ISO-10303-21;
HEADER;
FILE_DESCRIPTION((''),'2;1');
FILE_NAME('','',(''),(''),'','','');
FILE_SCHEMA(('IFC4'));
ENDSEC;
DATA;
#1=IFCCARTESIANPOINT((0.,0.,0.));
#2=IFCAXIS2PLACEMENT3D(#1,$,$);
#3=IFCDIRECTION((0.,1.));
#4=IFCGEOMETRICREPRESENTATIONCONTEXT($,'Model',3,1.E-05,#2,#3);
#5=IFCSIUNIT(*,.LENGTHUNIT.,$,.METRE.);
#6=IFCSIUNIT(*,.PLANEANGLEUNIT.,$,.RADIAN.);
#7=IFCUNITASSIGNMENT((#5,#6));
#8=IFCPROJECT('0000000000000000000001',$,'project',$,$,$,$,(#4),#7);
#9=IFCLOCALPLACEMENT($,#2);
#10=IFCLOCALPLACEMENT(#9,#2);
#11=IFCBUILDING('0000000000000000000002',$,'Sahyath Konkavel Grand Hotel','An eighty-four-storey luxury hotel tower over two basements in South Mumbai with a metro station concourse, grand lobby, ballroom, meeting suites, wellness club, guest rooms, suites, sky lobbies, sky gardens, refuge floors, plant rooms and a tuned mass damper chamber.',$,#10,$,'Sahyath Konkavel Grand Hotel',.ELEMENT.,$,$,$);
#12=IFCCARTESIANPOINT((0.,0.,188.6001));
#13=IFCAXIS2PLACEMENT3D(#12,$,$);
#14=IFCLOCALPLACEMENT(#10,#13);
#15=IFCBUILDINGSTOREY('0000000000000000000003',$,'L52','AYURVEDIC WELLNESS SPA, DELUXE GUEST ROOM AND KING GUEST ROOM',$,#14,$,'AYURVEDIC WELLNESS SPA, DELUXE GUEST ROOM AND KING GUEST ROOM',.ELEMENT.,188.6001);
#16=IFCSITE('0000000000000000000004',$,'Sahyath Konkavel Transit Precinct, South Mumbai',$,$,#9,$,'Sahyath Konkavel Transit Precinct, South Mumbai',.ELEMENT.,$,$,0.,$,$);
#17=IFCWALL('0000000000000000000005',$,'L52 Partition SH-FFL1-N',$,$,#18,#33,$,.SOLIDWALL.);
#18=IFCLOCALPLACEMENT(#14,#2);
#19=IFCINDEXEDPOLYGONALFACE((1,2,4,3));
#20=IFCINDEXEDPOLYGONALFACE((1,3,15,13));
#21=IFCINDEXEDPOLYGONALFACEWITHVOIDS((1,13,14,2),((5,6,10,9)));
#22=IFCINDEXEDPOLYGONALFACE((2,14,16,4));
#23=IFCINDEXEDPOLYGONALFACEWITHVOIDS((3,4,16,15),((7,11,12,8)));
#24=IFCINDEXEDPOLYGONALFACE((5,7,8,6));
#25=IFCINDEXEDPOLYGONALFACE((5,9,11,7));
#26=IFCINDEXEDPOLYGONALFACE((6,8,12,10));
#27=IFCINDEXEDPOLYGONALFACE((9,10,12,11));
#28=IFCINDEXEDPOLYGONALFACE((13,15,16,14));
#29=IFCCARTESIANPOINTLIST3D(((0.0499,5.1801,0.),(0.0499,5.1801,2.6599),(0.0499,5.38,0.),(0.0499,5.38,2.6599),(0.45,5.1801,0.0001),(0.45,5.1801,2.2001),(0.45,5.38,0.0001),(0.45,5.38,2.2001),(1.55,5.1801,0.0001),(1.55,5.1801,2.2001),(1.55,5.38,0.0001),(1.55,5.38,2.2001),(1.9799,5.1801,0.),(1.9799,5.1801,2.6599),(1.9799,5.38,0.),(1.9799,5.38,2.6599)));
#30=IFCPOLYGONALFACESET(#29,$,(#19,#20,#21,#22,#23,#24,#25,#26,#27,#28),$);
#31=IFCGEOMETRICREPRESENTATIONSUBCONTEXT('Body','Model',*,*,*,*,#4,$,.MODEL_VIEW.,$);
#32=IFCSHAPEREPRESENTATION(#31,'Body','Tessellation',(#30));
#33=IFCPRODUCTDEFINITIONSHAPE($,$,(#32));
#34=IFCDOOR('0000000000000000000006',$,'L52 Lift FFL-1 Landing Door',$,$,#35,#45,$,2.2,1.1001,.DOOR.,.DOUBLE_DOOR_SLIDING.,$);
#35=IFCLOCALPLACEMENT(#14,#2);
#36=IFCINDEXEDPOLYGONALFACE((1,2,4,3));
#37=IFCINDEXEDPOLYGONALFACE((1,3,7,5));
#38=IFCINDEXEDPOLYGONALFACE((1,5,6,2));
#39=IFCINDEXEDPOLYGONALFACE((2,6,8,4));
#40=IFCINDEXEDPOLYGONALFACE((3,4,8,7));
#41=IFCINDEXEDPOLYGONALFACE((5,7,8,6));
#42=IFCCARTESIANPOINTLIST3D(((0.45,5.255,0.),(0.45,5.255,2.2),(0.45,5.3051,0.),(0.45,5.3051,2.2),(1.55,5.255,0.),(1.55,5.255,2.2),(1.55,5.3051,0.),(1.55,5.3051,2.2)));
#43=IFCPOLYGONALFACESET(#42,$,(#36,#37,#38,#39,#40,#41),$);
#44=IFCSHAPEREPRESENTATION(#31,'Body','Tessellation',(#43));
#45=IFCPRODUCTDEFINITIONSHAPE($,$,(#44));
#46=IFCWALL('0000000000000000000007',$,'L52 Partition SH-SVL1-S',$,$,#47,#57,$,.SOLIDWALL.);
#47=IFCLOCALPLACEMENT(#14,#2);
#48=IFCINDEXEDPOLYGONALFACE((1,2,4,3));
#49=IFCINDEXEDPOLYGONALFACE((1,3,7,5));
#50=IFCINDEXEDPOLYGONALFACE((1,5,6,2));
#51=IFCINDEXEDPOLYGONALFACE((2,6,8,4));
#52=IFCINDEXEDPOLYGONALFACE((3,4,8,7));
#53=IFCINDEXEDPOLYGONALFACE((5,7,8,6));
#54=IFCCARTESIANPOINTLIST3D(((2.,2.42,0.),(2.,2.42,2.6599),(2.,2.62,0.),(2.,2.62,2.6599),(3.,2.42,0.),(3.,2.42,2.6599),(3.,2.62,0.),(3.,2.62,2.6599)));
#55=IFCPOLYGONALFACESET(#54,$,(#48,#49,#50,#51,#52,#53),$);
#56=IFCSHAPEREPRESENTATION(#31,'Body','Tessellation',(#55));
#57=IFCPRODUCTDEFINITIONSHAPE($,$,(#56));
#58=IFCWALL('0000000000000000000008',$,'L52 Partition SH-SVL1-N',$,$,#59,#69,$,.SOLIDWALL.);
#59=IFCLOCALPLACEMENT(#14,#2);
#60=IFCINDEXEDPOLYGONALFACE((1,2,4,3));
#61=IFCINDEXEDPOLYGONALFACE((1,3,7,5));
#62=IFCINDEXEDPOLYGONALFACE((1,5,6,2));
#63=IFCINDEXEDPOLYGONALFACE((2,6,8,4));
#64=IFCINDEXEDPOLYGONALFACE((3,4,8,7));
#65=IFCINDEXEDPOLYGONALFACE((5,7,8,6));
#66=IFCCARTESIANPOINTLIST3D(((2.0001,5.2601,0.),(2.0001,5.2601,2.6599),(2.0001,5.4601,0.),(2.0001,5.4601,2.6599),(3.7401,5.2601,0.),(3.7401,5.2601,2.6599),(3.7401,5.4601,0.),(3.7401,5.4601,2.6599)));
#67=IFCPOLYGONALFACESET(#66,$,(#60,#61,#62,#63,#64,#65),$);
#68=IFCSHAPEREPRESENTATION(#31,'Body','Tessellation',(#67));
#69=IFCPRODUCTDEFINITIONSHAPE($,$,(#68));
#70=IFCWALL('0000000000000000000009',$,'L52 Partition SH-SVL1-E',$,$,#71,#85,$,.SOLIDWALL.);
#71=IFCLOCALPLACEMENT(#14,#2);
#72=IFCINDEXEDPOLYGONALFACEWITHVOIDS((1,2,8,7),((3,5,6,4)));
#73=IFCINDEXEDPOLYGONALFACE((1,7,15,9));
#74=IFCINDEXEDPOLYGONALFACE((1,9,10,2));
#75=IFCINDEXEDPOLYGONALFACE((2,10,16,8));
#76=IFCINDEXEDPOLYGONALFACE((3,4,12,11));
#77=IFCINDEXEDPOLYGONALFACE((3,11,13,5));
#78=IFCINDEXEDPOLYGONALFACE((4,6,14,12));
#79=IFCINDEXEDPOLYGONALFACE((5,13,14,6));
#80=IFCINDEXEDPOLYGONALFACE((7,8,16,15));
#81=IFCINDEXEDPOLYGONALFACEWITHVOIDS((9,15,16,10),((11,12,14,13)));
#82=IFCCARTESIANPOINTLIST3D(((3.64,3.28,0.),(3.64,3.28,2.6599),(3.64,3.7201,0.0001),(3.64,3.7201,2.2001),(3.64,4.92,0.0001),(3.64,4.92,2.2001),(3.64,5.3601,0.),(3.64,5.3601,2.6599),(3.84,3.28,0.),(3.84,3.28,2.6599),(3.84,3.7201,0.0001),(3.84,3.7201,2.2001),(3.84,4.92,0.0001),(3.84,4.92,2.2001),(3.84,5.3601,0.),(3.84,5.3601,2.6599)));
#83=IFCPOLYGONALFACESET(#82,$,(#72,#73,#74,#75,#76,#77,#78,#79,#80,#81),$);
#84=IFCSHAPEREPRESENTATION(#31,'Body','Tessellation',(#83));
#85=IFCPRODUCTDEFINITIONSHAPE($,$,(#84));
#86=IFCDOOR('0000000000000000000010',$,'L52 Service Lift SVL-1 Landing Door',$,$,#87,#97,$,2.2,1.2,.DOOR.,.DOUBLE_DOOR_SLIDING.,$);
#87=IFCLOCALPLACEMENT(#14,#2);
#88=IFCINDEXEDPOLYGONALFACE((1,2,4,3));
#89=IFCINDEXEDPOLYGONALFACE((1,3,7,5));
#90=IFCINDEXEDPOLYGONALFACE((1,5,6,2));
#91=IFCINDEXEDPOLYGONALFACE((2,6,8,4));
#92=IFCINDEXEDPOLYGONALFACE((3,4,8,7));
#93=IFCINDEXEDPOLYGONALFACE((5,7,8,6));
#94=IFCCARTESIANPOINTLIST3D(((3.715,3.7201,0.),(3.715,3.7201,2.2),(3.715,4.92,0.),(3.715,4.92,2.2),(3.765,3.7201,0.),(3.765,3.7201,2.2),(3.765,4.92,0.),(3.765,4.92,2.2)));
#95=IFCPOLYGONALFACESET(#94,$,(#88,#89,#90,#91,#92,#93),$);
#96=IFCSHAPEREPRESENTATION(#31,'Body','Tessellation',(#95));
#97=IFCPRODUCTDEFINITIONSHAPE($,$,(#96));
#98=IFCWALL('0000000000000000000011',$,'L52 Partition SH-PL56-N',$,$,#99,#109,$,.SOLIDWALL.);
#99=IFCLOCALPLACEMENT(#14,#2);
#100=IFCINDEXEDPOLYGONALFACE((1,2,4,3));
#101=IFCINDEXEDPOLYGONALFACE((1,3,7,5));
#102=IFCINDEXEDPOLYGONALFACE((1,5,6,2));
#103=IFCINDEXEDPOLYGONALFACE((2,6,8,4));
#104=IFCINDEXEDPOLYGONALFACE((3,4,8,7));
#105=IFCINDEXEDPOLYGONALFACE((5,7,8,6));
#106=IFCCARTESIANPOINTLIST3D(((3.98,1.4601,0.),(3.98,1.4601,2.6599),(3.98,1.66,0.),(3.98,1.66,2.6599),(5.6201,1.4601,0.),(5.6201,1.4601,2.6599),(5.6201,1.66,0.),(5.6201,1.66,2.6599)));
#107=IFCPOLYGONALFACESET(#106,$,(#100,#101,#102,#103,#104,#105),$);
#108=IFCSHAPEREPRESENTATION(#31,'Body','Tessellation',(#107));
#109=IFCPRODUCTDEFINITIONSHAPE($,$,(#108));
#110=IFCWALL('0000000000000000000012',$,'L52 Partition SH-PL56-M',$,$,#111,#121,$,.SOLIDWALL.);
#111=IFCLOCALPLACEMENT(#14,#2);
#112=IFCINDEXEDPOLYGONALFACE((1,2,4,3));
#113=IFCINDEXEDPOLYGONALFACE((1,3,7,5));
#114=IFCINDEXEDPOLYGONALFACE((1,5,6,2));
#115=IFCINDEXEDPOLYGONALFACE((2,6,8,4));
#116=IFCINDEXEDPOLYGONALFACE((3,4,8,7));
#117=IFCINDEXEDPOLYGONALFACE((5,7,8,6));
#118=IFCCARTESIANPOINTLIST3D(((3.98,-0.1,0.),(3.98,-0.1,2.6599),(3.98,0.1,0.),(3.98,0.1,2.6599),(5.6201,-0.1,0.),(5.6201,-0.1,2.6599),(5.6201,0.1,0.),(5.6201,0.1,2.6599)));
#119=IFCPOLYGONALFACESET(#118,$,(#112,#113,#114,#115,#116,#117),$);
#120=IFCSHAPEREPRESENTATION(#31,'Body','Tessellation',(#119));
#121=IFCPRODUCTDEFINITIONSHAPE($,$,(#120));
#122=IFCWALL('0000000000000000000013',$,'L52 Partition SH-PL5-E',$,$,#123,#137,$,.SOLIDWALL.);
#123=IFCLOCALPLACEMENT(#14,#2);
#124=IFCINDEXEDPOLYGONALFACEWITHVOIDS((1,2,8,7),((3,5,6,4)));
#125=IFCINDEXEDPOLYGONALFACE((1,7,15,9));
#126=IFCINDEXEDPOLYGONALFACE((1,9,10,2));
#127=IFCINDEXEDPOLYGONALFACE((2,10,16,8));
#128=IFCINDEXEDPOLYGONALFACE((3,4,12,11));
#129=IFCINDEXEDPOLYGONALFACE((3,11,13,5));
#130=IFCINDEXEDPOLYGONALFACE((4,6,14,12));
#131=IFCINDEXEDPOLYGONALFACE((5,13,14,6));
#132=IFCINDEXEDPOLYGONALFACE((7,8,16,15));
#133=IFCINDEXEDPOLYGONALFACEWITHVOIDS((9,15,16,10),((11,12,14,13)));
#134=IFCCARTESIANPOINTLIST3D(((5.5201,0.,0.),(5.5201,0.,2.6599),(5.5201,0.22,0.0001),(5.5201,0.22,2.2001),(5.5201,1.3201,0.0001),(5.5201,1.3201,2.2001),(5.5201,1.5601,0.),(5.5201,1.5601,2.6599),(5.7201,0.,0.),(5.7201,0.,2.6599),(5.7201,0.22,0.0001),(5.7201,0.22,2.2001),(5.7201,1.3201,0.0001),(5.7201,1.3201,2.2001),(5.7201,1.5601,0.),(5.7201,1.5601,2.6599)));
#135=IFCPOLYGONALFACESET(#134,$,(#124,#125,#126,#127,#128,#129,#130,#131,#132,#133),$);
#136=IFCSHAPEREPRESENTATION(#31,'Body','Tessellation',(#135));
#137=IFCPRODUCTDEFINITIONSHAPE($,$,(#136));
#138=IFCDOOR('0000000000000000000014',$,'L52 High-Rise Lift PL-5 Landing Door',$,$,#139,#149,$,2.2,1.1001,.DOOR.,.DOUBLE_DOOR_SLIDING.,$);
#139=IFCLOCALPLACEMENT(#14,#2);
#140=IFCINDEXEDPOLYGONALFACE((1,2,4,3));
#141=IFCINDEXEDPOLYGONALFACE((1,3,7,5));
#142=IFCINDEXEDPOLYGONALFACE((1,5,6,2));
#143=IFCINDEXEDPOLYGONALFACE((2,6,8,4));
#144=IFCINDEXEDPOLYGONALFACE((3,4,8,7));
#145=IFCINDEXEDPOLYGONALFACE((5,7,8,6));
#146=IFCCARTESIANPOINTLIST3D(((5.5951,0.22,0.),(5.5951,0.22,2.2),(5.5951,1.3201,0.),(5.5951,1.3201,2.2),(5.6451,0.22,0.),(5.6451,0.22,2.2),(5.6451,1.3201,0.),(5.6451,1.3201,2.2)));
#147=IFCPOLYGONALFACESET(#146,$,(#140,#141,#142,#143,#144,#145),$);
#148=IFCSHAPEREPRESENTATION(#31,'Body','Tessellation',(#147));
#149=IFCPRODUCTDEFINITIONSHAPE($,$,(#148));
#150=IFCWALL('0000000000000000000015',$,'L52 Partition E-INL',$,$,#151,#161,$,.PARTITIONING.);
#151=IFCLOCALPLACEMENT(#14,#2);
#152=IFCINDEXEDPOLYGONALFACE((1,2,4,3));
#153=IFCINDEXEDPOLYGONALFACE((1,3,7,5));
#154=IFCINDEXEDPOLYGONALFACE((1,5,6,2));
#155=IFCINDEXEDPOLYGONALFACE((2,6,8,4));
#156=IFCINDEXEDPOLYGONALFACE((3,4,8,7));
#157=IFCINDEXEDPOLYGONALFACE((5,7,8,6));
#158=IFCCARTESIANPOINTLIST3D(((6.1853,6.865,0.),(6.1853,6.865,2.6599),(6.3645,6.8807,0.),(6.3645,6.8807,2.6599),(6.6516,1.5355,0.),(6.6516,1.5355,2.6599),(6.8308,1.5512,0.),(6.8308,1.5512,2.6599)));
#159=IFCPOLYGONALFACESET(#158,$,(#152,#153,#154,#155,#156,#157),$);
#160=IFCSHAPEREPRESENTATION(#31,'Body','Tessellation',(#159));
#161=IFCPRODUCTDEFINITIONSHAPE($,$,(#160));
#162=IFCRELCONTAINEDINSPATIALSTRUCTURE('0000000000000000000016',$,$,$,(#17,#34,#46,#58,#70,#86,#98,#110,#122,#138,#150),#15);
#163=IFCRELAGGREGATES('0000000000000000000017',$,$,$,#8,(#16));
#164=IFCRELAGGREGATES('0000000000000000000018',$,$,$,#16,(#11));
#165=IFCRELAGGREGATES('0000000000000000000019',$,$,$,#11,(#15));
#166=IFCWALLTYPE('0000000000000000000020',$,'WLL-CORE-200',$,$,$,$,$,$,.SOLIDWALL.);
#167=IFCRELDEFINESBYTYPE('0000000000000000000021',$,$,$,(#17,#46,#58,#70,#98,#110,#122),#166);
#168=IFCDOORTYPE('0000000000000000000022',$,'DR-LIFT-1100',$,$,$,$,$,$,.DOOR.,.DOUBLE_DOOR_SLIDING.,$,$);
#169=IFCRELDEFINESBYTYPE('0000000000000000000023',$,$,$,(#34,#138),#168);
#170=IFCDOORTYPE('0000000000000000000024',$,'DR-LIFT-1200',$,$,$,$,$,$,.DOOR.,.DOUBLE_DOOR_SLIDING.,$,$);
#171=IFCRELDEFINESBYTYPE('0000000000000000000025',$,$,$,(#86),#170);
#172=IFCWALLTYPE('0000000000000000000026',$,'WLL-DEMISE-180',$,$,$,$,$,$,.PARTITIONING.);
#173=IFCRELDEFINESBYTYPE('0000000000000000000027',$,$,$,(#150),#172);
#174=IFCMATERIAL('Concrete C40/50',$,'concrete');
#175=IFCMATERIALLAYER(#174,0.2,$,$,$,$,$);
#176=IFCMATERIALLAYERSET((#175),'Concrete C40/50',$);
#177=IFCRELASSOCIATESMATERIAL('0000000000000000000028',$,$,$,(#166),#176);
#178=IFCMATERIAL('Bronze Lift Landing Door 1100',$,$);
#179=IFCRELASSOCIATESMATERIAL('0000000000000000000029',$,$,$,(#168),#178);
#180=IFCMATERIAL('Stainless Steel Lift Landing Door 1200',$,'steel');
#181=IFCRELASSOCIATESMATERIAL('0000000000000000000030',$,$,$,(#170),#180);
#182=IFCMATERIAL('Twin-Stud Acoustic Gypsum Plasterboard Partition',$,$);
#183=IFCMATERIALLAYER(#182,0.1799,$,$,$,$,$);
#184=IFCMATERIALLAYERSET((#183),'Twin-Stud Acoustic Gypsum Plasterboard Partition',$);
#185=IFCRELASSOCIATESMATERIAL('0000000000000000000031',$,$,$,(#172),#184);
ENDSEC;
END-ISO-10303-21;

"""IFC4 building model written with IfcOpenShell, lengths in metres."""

from ifc_helpers import new_model, si_unit, direction, frame, frame_2d, origin, origin_2d, place, context, subcontext, project, spatial, rectangle, extrude, source, transform, mapped, material, layer, layer_set, type_object, element, fill, save


model = new_model("IFC4")

# Units and contexts
model_context = context("Model", 3, precision=1e-05, world=origin(), true_north=direction((0.0, 1.0)))
body_context = subcontext(model_context, "Body", "Model", "MODEL_VIEW")
ifc_project = project(units=[si_unit("LENGTHUNIT", "METRE"), si_unit("PLANEANGLEUNIT", "RADIAN")], contexts=[model_context])

# Site, building, storey
site_placement = place(None, origin())
site = spatial("IfcSite", under=ifc_project, at=site_placement, Name="Sahyath Konkavel Transit Precinct, South Mumbai", LongName="Sahyath Konkavel Transit Precinct, South Mumbai", CompositionType="ELEMENT", RefElevation=0.0)
building_placement = place(site_placement, origin())
building = spatial("IfcBuilding", under=site, at=building_placement, Name="Sahyath Konkavel Grand Hotel", Description="An eighty-four-storey luxury hotel tower over two basements in South Mumbai with a metro station concourse, grand lobby, ballroom, meeting suites, wellness club, guest rooms, suites, sky lobbies, sky gardens, refuge floors, plant rooms and a tuned mass damper chamber.", LongName="Sahyath Konkavel Grand Hotel", CompositionType="ELEMENT")
storey_placement = place(building_placement, frame((0.0, 0.0, 188.6001)))
storey = spatial("IfcBuildingStorey", under=building, at=storey_placement, Name="L52", Description="AYURVEDIC WELLNESS SPA, DELUXE GUEST ROOM AND KING GUEST ROOM", LongName="AYURVEDIC WELLNESS SPA, DELUXE GUEST ROOM AND KING GUEST ROOM", CompositionType="ELEMENT", Elevation=188.6001)

# Shared definitions
ifc_material_1 = material(Name="Concrete C40/50", Category="concrete")
ifc_layer_1 = layer(ifc_material_1, 0.2)
ifc_layer_set_1 = layer_set([ifc_layer_1], Name="Concrete C40/50")
wall_type_1 = type_object("IfcWallType", Name="WLL-CORE-200", PredefinedType="SOLIDWALL", material=ifc_layer_set_1)

# Wall, opening, door
wall_1_placement = place(storey_placement, frame((0.05, 5.28, 0.0), z_axis=(0.0, 0.0, 1.0), x_axis=(1.0, 0.0, 0.0)))
wall_1 = element("IfcWall", 1, at=wall_1_placement, inside=storey, type_object=wall_type_1, Name="L52 Partition SH-FFL1-N", PredefinedType="SOLIDWALL", context=body_context, shape_type="SweptSolid", body=[
    extrude(rectangle(XDim=1.9299, YDim=0.2, at=frame_2d((0.9648, 0.0))), origin(), (0.0, 0.0, 1.0), 2.6599),
])
opening_1_placement = place(wall_1_placement, frame((0.3999, 0.0, 0.0)))
opening_1 = element("IfcOpeningElement", 2, at=opening_1_placement, cuts=wall_1, PredefinedType="OPENING", context=body_context, shape_type="SweptSolid", body=[
    extrude(rectangle(XDim=1.1001, YDim=2.2, at=frame_2d((0.55, 1.1001))), frame((0.0, 0.1099, 0.0), z_axis=(0.0, -1.0, 0.0), x_axis=(1.0, 0.0, 0.0)), (0.0, 0.0, 1.0), 0.22),
])
ifc_material_2 = material(Name="Bronze Lift Landing Door 1100")
door_type_1 = type_object("IfcDoorType", Name="DR-LIFT-1100", OperationType="DOUBLE_DOOR_SLIDING", PredefinedType="DOOR", material=ifc_material_2)
shared_shape_1 = source(origin(), body_context, "Body", "SweptSolid", [
    extrude(rectangle(XDim=1.1001, YDim=0.05, at=origin_2d()), origin(), (0.0, 0.0, 1.0), 2.2),
])
door_1_placement = place(opening_1_placement, frame((0.55, 0.0, 0.0)))
door_1 = element("IfcDoor", 3, at=door_1_placement, inside=storey, type_object=door_type_1, Name="L52 Lift FFL-1 Landing Door", OperationType="DOUBLE_DOOR_SLIDING", OverallHeight=2.2, OverallWidth=1.1001, PredefinedType="DOOR", context=body_context, shape_type="MappedRepresentation", body=[
    mapped(shared_shape_1, transform((0.0, 0.0, 0.0), scale=1.0)),
])
fill(opening_1, door_1)

# Walls
wall_2_placement = place(storey_placement, frame((2.0, 2.52, 0.0), z_axis=(0.0, 0.0, 1.0), x_axis=(1.0, 0.0, 0.0)))
element("IfcWall", 4, at=wall_2_placement, inside=storey, type_object=wall_type_1, Name="L52 Partition SH-SVL1-S", PredefinedType="SOLIDWALL", context=body_context, shape_type="SweptSolid", body=[
    extrude(rectangle(XDim=1.0, YDim=0.2, at=frame_2d((0.5, 0.0))), origin(), (0.0, 0.0, 1.0), 2.6599),
])
wall_3_placement = place(storey_placement, frame((2.0, 5.3601, 0.0), z_axis=(0.0, 0.0, 1.0), x_axis=(1.0, 0.0, 0.0)))
element("IfcWall", 5, at=wall_3_placement, inside=storey, type_object=wall_type_1, Name="L52 Partition SH-SVL1-N", PredefinedType="SOLIDWALL", context=body_context, shape_type="SweptSolid", body=[
    extrude(rectangle(XDim=1.74, YDim=0.2, at=frame_2d((0.8701, 0.0))), origin(), (0.0, 0.0, 1.0), 2.6599),
])

# Wall, opening, door
wall_4_placement = place(storey_placement, frame((3.74, 3.28, 0.0), z_axis=(0.0, 0.0, 1.0), x_axis=(0.0, 1.0, 0.0)))
wall_4 = element("IfcWall", 6, at=wall_4_placement, inside=storey, type_object=wall_type_1, Name="L52 Partition SH-SVL1-E", PredefinedType="SOLIDWALL", context=body_context, shape_type="SweptSolid", body=[
    extrude(rectangle(XDim=2.0801, YDim=0.2, at=frame_2d((1.04, 0.0))), origin(), (0.0, 0.0, 1.0), 2.6599),
])
opening_2_placement = place(wall_4_placement, frame((0.4399, 0.0, 0.0)))
opening_2 = element("IfcOpeningElement", 7, at=opening_2_placement, cuts=wall_4, PredefinedType="OPENING", context=body_context, shape_type="SweptSolid", body=[
    extrude(rectangle(XDim=1.2, YDim=2.2, at=frame_2d((0.6001, 1.1001))), frame((0.0, 0.1099, 0.0), z_axis=(0.0, -1.0, 0.0), x_axis=(1.0, 0.0, 0.0)), (0.0, 0.0, 1.0), 0.22),
])
ifc_material_3 = material(Name="Stainless Steel Lift Landing Door 1200", Category="steel")
door_type_2 = type_object("IfcDoorType", Name="DR-LIFT-1200", OperationType="DOUBLE_DOOR_SLIDING", PredefinedType="DOOR", material=ifc_material_3)
shared_shape_2 = source(origin(), body_context, "Body", "SweptSolid", [
    extrude(rectangle(XDim=1.2, YDim=0.05, at=origin_2d()), origin(), (0.0, 0.0, 1.0), 2.2),
])
door_2_placement = place(opening_2_placement, frame((0.6001, 0.0, 0.0)))
door_2 = element("IfcDoor", 8, at=door_2_placement, inside=storey, type_object=door_type_2, Name="L52 Service Lift SVL-1 Landing Door", OperationType="DOUBLE_DOOR_SLIDING", OverallHeight=2.2, OverallWidth=1.2, PredefinedType="DOOR", context=body_context, shape_type="MappedRepresentation", body=[
    mapped(shared_shape_2, transform((0.0, 0.0, 0.0), scale=1.0)),
])
fill(opening_2, door_2)

# Walls
for number, where, z_axis, x_axis, name in (
    (9, (3.98, 1.5601, 0.0), (0.0, 0.0, 1.0), (1.0, 0.0, 0.0), "L52 Partition SH-PL56-N"),
    (10, (3.98, 0.0, 0.0), (0.0, 0.0, 1.0), (1.0, 0.0, 0.0), "L52 Partition SH-PL56-M"),
):
    element("IfcWall", number, at=place(storey_placement, frame(where, z_axis=z_axis, x_axis=x_axis)), inside=storey, type_object=wall_type_1, Name=name, PredefinedType="SOLIDWALL", context=body_context, shape_type="SweptSolid", body=[
        extrude(rectangle(XDim=1.6401, YDim=0.2, at=frame_2d((0.8201, 0.0))), origin(), (0.0, 0.0, 1.0), 2.6599),
    ])

# Wall, opening, door
wall_5_placement = place(storey_placement, frame((5.6201, 0.0, 0.0), z_axis=(0.0, 0.0, 1.0), x_axis=(0.0, 1.0, 0.0)))
wall_5 = element("IfcWall", 11, at=wall_5_placement, inside=storey, type_object=wall_type_1, Name="L52 Partition SH-PL5-E", PredefinedType="SOLIDWALL", context=body_context, shape_type="SweptSolid", body=[
    extrude(rectangle(XDim=1.5601, YDim=0.2, at=frame_2d((0.78, 0.0))), origin(), (0.0, 0.0, 1.0), 2.6599),
])
opening_3_placement = place(wall_5_placement, frame((0.22, 0.0, 0.0)))
opening_3 = element("IfcOpeningElement", 12, at=opening_3_placement, cuts=wall_5, PredefinedType="OPENING", context=body_context, shape_type="SweptSolid", body=[
    extrude(rectangle(XDim=1.1001, YDim=2.2, at=frame_2d((0.55, 1.1001))), frame((0.0, 0.1099, 0.0), z_axis=(0.0, -1.0, 0.0), x_axis=(1.0, 0.0, 0.0)), (0.0, 0.0, 1.0), 0.22),
])
door_3_placement = place(opening_3_placement, frame((0.55, 0.0, 0.0)))
door_3 = element("IfcDoor", 13, at=door_3_placement, inside=storey, type_object=door_type_1, Name="L52 High-Rise Lift PL-5 Landing Door", OperationType="DOUBLE_DOOR_SLIDING", OverallHeight=2.2, OverallWidth=1.1001, PredefinedType="DOOR", context=body_context, shape_type="MappedRepresentation", body=[
    mapped(shared_shape_1, transform((0.0, 0.0, 0.0), scale=1.0)),
])
fill(opening_3, door_3)

# Wall
ifc_material_4 = material(Name="Twin-Stud Acoustic Gypsum Plasterboard Partition")
ifc_layer_2 = layer(ifc_material_4, 0.1799)
ifc_layer_set_2 = layer_set([ifc_layer_2], Name="Twin-Stud Acoustic Gypsum Plasterboard Partition")
wall_type_2 = type_object("IfcWallType", Name="WLL-DEMISE-180", PredefinedType="PARTITIONING", material=ifc_layer_set_2)
wall_6_placement = place(storey_placement, frame((6.7412, 1.5435, 0.0), z_axis=(0.0, 0.0, 1.0), x_axis=(-0.087161, 0.996194, 0.0)))
element("IfcWall", 14, at=wall_6_placement, inside=storey, type_object=wall_type_2, Name="L52 Partition E-INL", PredefinedType="PARTITIONING", context=body_context, shape_type="SweptSolid", body=[
    extrude(rectangle(XDim=5.3499, YDim=0.1799, at=frame_2d((2.6748, 0.0))), origin(), (0.0, 0.0, 1.0), 2.6599),
])

save(model, "model.ifc")
